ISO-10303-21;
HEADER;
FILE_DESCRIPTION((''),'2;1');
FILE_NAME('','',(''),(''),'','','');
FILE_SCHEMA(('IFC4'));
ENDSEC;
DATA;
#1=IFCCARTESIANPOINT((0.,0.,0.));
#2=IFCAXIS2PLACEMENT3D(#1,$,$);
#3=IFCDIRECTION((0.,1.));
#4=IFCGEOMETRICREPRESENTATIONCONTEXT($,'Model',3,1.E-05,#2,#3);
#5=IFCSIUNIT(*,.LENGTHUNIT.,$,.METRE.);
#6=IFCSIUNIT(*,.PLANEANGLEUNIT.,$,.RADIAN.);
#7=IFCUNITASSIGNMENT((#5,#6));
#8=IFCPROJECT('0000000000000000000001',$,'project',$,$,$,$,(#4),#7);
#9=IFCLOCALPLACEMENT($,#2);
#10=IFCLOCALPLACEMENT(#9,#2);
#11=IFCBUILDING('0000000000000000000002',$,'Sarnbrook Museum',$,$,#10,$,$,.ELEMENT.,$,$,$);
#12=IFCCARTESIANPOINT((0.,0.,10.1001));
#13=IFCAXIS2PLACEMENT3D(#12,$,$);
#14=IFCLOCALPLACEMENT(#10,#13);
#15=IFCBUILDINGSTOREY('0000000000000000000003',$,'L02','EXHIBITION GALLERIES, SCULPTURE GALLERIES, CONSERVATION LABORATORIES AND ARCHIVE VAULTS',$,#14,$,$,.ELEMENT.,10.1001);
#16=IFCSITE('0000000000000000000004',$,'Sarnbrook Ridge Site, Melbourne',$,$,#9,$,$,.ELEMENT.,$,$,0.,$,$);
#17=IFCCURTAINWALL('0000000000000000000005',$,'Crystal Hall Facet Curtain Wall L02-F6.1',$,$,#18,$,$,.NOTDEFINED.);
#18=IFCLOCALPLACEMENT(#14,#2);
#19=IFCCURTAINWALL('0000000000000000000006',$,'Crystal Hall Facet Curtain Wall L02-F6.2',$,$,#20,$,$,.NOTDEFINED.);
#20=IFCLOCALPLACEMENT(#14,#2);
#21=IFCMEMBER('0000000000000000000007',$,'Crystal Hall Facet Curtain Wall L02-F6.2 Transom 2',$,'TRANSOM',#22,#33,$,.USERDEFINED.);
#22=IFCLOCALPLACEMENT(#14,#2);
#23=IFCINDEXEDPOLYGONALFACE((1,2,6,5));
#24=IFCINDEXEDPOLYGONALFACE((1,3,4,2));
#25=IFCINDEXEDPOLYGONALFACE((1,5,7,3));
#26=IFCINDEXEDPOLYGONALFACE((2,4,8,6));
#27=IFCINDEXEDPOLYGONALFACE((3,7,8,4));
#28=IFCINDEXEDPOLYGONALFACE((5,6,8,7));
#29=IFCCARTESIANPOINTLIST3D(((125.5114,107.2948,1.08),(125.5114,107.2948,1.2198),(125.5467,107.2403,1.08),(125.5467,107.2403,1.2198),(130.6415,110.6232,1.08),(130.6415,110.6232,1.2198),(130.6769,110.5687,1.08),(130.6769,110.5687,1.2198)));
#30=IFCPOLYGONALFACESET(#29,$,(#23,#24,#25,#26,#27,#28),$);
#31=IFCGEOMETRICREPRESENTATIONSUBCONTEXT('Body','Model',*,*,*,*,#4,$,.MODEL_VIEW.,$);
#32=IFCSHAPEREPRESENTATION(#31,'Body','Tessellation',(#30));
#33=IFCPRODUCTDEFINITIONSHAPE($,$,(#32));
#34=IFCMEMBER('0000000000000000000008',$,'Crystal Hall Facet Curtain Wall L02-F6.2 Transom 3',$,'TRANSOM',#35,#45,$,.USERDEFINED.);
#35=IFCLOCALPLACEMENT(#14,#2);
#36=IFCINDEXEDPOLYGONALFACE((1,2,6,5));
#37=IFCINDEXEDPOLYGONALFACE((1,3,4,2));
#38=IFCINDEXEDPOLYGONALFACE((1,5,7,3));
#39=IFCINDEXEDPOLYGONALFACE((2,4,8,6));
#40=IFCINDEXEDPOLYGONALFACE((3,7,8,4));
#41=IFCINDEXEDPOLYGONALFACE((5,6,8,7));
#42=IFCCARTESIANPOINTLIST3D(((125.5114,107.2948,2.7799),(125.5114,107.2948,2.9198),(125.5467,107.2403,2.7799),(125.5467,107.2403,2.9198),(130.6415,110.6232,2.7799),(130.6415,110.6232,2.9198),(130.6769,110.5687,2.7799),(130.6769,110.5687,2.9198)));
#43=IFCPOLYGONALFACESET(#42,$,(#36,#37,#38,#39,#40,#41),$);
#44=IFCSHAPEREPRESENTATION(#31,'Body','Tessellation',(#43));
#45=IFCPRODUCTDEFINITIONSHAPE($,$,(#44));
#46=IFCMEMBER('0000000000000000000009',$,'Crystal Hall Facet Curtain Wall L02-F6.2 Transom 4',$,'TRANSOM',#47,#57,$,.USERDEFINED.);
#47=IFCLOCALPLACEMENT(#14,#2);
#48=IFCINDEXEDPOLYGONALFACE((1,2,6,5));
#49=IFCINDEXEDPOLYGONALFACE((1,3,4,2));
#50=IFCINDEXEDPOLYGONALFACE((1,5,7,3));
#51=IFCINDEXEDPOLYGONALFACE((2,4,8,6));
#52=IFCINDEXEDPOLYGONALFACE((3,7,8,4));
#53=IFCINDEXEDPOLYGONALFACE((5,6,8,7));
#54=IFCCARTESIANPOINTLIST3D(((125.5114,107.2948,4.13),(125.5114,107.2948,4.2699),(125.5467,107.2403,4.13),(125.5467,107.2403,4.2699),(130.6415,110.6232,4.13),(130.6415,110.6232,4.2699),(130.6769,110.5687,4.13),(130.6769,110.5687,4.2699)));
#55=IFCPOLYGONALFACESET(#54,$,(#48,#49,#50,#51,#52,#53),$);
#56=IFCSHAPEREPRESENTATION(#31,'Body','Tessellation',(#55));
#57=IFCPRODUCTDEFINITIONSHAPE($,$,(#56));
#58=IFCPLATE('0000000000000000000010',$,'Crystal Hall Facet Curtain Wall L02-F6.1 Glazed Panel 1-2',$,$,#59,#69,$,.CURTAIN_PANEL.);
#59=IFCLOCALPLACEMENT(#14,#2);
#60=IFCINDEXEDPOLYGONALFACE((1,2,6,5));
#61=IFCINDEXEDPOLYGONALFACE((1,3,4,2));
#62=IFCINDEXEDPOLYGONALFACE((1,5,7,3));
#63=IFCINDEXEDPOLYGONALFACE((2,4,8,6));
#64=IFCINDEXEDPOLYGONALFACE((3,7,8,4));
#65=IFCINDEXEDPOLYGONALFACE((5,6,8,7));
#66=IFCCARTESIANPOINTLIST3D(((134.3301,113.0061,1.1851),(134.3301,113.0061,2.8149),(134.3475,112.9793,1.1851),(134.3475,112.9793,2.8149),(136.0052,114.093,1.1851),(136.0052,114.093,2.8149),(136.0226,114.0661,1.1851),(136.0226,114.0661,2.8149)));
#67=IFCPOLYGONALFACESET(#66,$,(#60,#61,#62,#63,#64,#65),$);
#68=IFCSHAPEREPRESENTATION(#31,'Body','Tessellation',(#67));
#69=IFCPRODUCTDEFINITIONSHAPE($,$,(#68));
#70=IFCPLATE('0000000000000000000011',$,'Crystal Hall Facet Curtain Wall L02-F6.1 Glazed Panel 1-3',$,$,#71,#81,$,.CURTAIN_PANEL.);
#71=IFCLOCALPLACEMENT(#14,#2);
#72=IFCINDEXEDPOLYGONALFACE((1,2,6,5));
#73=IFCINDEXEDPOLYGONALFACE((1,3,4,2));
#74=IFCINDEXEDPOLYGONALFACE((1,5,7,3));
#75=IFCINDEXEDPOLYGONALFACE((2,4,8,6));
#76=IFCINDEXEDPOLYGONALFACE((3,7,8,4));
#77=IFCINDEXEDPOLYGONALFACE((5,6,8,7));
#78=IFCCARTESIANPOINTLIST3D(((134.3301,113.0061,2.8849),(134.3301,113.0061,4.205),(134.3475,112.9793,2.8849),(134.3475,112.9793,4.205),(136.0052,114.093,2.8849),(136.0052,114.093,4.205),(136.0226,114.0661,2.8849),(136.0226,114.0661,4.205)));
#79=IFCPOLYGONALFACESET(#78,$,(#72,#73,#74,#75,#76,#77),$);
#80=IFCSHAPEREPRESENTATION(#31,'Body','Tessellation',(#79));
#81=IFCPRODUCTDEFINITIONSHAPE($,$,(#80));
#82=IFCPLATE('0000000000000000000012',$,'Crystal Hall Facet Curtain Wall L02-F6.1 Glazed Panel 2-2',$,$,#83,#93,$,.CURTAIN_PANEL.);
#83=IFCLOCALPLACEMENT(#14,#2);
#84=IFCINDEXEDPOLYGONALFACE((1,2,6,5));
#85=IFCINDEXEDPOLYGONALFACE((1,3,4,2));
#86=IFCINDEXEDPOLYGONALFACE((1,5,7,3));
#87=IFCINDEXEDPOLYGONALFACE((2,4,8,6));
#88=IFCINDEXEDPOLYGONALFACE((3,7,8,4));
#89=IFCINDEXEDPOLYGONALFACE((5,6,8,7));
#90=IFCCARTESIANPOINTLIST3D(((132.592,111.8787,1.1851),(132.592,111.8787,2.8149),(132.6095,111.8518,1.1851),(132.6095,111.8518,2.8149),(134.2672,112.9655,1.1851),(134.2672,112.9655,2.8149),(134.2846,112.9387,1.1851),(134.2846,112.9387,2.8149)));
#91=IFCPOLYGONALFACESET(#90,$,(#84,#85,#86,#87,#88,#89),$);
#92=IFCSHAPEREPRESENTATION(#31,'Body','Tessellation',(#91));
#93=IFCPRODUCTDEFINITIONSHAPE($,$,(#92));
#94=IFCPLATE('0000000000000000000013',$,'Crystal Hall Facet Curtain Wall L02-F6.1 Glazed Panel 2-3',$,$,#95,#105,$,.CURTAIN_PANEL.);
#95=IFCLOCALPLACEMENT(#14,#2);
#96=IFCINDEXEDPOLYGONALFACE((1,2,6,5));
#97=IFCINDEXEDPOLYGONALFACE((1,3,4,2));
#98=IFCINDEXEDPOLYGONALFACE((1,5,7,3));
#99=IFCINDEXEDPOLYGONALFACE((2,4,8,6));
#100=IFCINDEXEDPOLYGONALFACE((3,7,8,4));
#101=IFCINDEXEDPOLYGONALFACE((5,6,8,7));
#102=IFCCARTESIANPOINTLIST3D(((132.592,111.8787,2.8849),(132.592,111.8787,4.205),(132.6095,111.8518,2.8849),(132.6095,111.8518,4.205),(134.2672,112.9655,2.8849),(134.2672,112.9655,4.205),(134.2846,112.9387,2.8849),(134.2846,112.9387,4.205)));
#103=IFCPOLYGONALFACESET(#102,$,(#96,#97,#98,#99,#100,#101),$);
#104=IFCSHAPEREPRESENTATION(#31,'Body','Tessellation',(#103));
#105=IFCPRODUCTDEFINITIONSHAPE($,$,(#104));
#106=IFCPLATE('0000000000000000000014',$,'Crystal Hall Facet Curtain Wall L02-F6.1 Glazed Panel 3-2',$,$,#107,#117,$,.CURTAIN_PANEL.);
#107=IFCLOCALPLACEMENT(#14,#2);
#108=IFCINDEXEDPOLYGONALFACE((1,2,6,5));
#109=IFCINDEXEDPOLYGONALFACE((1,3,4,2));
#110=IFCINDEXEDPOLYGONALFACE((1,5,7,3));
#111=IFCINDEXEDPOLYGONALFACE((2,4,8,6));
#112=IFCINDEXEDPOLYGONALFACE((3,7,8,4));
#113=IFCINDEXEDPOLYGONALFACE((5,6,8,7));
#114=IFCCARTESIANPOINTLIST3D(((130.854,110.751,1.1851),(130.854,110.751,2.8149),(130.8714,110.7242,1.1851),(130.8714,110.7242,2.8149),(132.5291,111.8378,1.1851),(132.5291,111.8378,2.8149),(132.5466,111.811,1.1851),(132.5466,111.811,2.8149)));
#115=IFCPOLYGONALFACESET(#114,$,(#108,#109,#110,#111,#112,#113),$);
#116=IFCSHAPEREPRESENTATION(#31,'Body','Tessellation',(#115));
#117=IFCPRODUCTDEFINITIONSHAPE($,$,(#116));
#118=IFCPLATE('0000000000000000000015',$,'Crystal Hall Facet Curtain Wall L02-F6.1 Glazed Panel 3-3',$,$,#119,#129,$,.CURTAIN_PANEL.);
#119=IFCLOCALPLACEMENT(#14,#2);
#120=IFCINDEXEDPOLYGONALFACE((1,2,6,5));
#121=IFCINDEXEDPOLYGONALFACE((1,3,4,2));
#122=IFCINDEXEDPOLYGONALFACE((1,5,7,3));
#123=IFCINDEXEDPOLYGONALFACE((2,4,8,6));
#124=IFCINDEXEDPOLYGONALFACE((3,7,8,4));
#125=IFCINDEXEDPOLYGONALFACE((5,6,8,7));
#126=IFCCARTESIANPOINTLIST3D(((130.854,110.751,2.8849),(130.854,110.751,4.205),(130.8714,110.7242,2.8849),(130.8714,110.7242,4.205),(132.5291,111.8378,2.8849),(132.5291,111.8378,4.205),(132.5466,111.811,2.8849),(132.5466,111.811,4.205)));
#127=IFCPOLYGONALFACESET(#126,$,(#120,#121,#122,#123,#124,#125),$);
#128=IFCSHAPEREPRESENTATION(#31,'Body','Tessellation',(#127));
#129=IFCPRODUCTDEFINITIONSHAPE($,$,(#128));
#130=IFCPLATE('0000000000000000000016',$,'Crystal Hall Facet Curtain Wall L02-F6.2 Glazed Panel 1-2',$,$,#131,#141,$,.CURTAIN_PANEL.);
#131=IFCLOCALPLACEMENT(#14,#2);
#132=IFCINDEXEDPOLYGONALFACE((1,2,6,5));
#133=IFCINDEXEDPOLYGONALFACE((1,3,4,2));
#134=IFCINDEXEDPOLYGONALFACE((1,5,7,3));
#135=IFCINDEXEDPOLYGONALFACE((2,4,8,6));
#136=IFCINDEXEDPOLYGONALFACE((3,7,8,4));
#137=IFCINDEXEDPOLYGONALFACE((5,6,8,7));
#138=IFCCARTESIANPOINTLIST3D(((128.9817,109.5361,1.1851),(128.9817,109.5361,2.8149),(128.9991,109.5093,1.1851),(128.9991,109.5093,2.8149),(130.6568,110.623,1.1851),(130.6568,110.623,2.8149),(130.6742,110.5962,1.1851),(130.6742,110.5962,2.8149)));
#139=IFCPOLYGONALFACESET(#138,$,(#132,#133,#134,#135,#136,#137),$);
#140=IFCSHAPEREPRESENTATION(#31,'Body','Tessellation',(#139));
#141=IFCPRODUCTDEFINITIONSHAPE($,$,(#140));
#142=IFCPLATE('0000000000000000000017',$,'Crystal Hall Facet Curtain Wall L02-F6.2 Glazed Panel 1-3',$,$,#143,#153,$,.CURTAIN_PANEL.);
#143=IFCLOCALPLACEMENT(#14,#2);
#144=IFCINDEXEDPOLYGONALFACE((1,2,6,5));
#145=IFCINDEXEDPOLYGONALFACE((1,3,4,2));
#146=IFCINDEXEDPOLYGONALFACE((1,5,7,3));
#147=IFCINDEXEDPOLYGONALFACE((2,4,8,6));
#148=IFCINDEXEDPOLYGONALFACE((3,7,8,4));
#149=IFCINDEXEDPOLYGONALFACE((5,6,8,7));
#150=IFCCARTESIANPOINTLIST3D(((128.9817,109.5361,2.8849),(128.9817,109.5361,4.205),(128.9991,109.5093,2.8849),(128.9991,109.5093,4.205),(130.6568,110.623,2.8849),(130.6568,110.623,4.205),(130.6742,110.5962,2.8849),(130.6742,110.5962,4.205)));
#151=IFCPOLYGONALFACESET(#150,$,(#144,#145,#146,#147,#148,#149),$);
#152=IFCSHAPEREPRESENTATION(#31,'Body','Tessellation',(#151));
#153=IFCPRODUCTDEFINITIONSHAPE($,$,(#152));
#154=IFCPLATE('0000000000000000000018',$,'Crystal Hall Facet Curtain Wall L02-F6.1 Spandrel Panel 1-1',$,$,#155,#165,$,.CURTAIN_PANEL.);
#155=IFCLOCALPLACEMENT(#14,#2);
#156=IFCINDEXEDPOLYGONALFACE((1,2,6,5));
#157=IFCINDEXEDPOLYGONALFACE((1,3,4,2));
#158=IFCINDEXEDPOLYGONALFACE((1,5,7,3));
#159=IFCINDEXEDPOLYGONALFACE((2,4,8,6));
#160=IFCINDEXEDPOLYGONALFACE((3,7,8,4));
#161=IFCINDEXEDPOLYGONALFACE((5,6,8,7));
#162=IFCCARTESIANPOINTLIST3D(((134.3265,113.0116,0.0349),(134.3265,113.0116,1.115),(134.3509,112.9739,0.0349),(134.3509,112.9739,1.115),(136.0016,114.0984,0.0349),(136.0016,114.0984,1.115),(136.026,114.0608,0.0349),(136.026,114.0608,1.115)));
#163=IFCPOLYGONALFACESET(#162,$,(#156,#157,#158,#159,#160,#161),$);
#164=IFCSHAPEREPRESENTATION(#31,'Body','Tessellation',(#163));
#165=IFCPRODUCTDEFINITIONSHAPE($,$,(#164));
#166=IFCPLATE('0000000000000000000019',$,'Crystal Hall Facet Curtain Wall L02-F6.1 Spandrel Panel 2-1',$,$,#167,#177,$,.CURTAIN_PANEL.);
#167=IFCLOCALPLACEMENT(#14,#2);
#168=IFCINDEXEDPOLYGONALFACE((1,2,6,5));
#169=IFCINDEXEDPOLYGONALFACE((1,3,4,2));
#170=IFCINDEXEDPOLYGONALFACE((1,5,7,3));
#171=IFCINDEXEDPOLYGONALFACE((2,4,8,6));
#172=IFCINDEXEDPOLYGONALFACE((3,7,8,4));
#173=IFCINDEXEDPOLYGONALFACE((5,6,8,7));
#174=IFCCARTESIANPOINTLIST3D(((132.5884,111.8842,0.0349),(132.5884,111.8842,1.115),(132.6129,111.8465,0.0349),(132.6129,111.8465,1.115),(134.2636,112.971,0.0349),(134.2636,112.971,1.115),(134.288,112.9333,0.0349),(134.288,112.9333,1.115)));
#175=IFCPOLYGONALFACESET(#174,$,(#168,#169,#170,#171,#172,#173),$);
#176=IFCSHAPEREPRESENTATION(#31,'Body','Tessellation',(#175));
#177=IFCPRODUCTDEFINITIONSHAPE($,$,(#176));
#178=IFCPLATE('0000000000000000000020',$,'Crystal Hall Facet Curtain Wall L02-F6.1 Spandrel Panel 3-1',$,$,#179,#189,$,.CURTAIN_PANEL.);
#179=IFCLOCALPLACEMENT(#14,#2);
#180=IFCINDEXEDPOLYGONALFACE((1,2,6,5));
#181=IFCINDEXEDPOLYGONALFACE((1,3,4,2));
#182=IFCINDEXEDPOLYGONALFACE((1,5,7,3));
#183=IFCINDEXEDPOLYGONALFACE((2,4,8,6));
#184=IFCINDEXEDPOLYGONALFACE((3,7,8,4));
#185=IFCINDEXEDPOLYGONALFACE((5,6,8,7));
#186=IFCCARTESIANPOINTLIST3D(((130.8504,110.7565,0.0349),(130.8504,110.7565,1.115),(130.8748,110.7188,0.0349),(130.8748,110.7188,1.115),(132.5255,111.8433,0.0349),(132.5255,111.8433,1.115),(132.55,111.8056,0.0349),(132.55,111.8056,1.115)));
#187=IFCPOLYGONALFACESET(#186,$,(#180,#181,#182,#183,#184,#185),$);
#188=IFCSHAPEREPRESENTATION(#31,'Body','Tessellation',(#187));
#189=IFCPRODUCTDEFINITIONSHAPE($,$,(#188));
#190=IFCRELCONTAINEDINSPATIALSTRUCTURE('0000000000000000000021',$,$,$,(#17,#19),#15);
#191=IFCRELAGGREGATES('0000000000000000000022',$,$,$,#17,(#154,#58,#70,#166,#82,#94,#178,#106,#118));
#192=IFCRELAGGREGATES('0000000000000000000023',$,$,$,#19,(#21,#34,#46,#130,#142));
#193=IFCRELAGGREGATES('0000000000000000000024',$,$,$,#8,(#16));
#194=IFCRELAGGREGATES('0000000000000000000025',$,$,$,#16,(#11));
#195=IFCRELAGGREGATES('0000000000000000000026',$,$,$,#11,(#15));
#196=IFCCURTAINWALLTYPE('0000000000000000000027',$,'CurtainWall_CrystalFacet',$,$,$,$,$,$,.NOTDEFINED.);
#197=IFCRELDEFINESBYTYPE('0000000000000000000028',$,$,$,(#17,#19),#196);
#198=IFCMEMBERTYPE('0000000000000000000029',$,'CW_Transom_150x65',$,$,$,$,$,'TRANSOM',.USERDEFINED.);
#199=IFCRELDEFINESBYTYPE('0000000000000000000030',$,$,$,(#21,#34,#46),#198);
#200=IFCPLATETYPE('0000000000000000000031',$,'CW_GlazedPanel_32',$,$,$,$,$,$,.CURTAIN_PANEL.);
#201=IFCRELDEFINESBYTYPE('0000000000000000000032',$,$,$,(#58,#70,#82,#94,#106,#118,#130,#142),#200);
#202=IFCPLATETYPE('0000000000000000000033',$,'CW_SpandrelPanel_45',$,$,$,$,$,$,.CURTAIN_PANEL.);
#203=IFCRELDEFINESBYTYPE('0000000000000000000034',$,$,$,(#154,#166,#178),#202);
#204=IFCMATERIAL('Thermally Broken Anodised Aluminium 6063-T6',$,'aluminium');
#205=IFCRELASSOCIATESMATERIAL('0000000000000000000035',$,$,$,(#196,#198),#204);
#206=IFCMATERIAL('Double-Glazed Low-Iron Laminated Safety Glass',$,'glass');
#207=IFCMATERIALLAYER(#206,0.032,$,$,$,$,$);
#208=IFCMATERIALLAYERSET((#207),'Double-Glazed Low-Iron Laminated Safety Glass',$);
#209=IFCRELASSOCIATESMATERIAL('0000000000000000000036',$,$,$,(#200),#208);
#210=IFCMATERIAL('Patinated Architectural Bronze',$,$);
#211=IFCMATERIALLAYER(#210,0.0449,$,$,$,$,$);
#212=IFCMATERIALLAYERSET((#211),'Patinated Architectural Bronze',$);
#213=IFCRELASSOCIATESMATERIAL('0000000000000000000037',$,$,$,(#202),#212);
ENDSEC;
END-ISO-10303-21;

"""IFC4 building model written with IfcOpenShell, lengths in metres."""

from ifc_helpers import new_model, si_unit, direction, frame, origin, origin_2d, place, context, subcontext, project, spatial, rectangle, extrude, material, layer, layer_set, material_profile, profile_set, type_object, element, aggregate, save


model = new_model("IFC4")

# Units and contexts
model_context = context("Model", 3, precision=1e-05, world=origin(), true_north=direction((0.0, 1.0)))
body_context = subcontext(model_context, "Body", "Model", "MODEL_VIEW")
ifc_project = project(units=[si_unit("LENGTHUNIT", "METRE"), si_unit("PLANEANGLEUNIT", "RADIAN")], contexts=[model_context])

# Site, building, storey
site_placement = place(None, origin())
site = spatial("IfcSite", under=ifc_project, at=site_placement, Name="Sarnbrook Ridge Site, Melbourne", CompositionType="ELEMENT", RefElevation=0.0)
building_placement = place(site_placement, origin())
building = spatial("IfcBuilding", under=site, at=building_placement, Name="Sarnbrook Museum", CompositionType="ELEMENT")
storey_placement = place(building_placement, frame((0.0, 0.0, 10.1001)))
storey = spatial("IfcBuildingStorey", under=building, at=storey_placement, Name="L02", Description="EXHIBITION GALLERIES, SCULPTURE GALLERIES, CONSERVATION LABORATORIES AND ARCHIVE VAULTS", CompositionType="ELEMENT", Elevation=10.1001)

# Shared definitions
ifc_material_1 = material(Name="Thermally Broken Anodised Aluminium 6063-T6", Category="aluminium")
curtain_wall_type = type_object("IfcCurtainWallType", Name="CurtainWall_CrystalFacet", PredefinedType="NOTDEFINED", material=ifc_material_1)

# Curtain wall
curtain_wall_1_placement = place(storey_placement, origin())
curtain_wall_1 = element("IfcCurtainWall", 1, at=curtain_wall_1_placement, inside=storey, type_object=curtain_wall_type, Name="Crystal Hall Facet Curtain Wall L02-F6.1", PredefinedType="NOTDEFINED")

# Curtain wall
curtain_wall_2_placement = place(storey_placement, origin())
curtain_wall_2 = element("IfcCurtainWall", 2, at=curtain_wall_2_placement, inside=storey, type_object=curtain_wall_type, Name="Crystal Hall Facet Curtain Wall L02-F6.2", PredefinedType="NOTDEFINED")

# Members
ifc_material_profile_1 = material_profile(ifc_material_1, rectangle(XDim=0.0649, YDim=0.1399, at=origin_2d()), Name="ALU TRANSOM 65x140")
ifc_profile_set_1 = profile_set([ifc_material_profile_1], Name="Thermally Broken Anodised Aluminium 6063-T6")
member_type_1 = type_object("IfcMemberType", Name="CW_Transom_150x65", ElementType="TRANSOM", PredefinedType="USERDEFINED", material=ifc_profile_set_1)
member_1_placement = place(storey_placement, frame((130.6592, 110.5959, 1.1499), z_axis=(-0.838908, -0.544274, 0.0), x_axis=(0.544274, -0.838908, 0.0)))
member_1 = element("IfcMember", 3, at=member_1_placement, type_object=member_type_1, Name="Crystal Hall Facet Curtain Wall L02-F6.2 Transom 2", ObjectType="TRANSOM", PredefinedType="USERDEFINED", context=body_context, shape_type="SweptSolid", body=[
    extrude(rectangle(XDim=0.0649, YDim=0.1399, at=origin_2d()), origin(), (0.0, 0.0, 1.0), 6.1152),
])
member_2_placement = place(storey_placement, frame((130.6592, 110.5959, 2.8499), z_axis=(-0.838908, -0.544274, 0.0), x_axis=(0.544274, -0.838908, 0.0)))
member_2 = element("IfcMember", 4, at=member_2_placement, type_object=member_type_1, Name="Crystal Hall Facet Curtain Wall L02-F6.2 Transom 3", ObjectType="TRANSOM", PredefinedType="USERDEFINED", context=body_context, shape_type="SweptSolid", body=[
    extrude(rectangle(XDim=0.0649, YDim=0.1399, at=origin_2d()), origin(), (0.0, 0.0, 1.0), 6.1152),
])
member_3_placement = place(storey_placement, frame((130.6592, 110.5959, 4.2), z_axis=(-0.838908, -0.544274, 0.0), x_axis=(0.544274, -0.838908, 0.0)))
member_3 = element("IfcMember", 5, at=member_3_placement, type_object=member_type_1, Name="Crystal Hall Facet Curtain Wall L02-F6.2 Transom 4", ObjectType="TRANSOM", PredefinedType="USERDEFINED", context=body_context, shape_type="SweptSolid", body=[
    extrude(rectangle(XDim=0.0649, YDim=0.1399, at=origin_2d()), origin(), (0.0, 0.0, 1.0), 6.1152),
])

# Plates
ifc_material_2 = material(Name="Double-Glazed Low-Iron Laminated Safety Glass", Category="glass")
ifc_layer_1 = layer(ifc_material_2, 0.032)
ifc_layer_set_1 = layer_set([ifc_layer_1], Name="Double-Glazed Low-Iron Laminated Safety Glass")
plate_type_1 = type_object("IfcPlateType", Name="CW_GlazedPanel_32", PredefinedType="CURTAIN_PANEL", material=ifc_layer_set_1)
plate_1_placement = place(storey_placement, frame((135.1851, 113.5227, 2.0), z_axis=(-0.544284, 0.838901, 0.0), x_axis=(-0.838901, -0.544284, 0.0)))
plate_1 = element("IfcPlate", 6, at=plate_1_placement, type_object=plate_type_1, Name="Crystal Hall Facet Curtain Wall L02-F6.1 Glazed Panel 1-2", PredefinedType="CURTAIN_PANEL", context=body_context, shape_type="SweptSolid", body=[
    extrude(rectangle(XDim=1.9968, YDim=1.6299, at=origin_2d()), origin(), (0.0, 0.0, 1.0), 0.032),
])
plate_2_placement = place(storey_placement, frame((135.1851, 113.5227, 3.5449), z_axis=(-0.544284, 0.838901, 0.0), x_axis=(-0.838901, -0.544284, 0.0)))
plate_2 = element("IfcPlate", 7, at=plate_2_placement, type_object=plate_type_1, Name="Crystal Hall Facet Curtain Wall L02-F6.1 Glazed Panel 1-3", PredefinedType="CURTAIN_PANEL", context=body_context, shape_type="SweptSolid", body=[
    extrude(rectangle(XDim=1.9968, YDim=1.3201, at=origin_2d()), origin(), (0.0, 0.0, 1.0), 0.032),
])
plate_3_placement = place(storey_placement, frame((133.447, 112.3953, 2.0), z_axis=(-0.544284, 0.838901, 0.0), x_axis=(-0.838901, -0.544284, 0.0)))
plate_3 = element("IfcPlate", 8, at=plate_3_placement, type_object=plate_type_1, Name="Crystal Hall Facet Curtain Wall L02-F6.1 Glazed Panel 2-2", PredefinedType="CURTAIN_PANEL", context=body_context, shape_type="SweptSolid", body=[
    extrude(rectangle(XDim=1.9968, YDim=1.6299, at=origin_2d()), origin(), (0.0, 0.0, 1.0), 0.032),
])
plate_4_placement = place(storey_placement, frame((133.447, 112.3953, 3.5449), z_axis=(-0.544284, 0.838901, 0.0), x_axis=(-0.838901, -0.544284, 0.0)))
plate_4 = element("IfcPlate", 9, at=plate_4_placement, type_object=plate_type_1, Name="Crystal Hall Facet Curtain Wall L02-F6.1 Glazed Panel 2-3", PredefinedType="CURTAIN_PANEL", context=body_context, shape_type="SweptSolid", body=[
    extrude(rectangle(XDim=1.9968, YDim=1.3201, at=origin_2d()), origin(), (0.0, 0.0, 1.0), 0.032),
])
plate_5_placement = place(storey_placement, frame((131.709, 111.2676, 2.0), z_axis=(-0.544284, 0.838901, 0.0), x_axis=(-0.838901, -0.544284, 0.0)))
plate_5 = element("IfcPlate", 10, at=plate_5_placement, type_object=plate_type_1, Name="Crystal Hall Facet Curtain Wall L02-F6.1 Glazed Panel 3-2", PredefinedType="CURTAIN_PANEL", context=body_context, shape_type="SweptSolid", body=[
    extrude(rectangle(XDim=1.9968, YDim=1.6299, at=origin_2d()), origin(), (0.0, 0.0, 1.0), 0.032),
])
plate_6_placement = place(storey_placement, frame((131.709, 111.2676, 3.5449), z_axis=(-0.544284, 0.838901, 0.0), x_axis=(-0.838901, -0.544284, 0.0)))
plate_6 = element("IfcPlate", 11, at=plate_6_placement, type_object=plate_type_1, Name="Crystal Hall Facet Curtain Wall L02-F6.1 Glazed Panel 3-3", PredefinedType="CURTAIN_PANEL", context=body_context, shape_type="SweptSolid", body=[
    extrude(rectangle(XDim=1.9968, YDim=1.3201, at=origin_2d()), origin(), (0.0, 0.0, 1.0), 0.032),
])
plate_7_placement = place(storey_placement, frame((129.8367, 110.0527, 2.0), z_axis=(-0.544284, 0.838901, 0.0), x_axis=(-0.838901, -0.544284, 0.0)))
plate_7 = element("IfcPlate", 12, at=plate_7_placement, type_object=plate_type_1, Name="Crystal Hall Facet Curtain Wall L02-F6.2 Glazed Panel 1-2", PredefinedType="CURTAIN_PANEL", context=body_context, shape_type="SweptSolid", body=[
    extrude(rectangle(XDim=1.9968, YDim=1.6299, at=origin_2d()), origin(), (0.0, 0.0, 1.0), 0.032),
])
plate_8_placement = place(storey_placement, frame((129.8367, 110.0527, 3.5449), z_axis=(-0.544284, 0.838901, 0.0), x_axis=(-0.838901, -0.544284, 0.0)))
plate_8 = element("IfcPlate", 13, at=plate_8_placement, type_object=plate_type_1, Name="Crystal Hall Facet Curtain Wall L02-F6.2 Glazed Panel 1-3", PredefinedType="CURTAIN_PANEL", context=body_context, shape_type="SweptSolid", body=[
    extrude(rectangle(XDim=1.9968, YDim=1.3201, at=origin_2d()), origin(), (0.0, 0.0, 1.0), 0.032),
])
ifc_material_3 = material(Name="Patinated Architectural Bronze")
ifc_layer_2 = layer(ifc_material_3, 0.0449)
ifc_layer_set_2 = layer_set([ifc_layer_2], Name="Patinated Architectural Bronze")
plate_type_2 = type_object("IfcPlateType", Name="CW_SpandrelPanel_45", PredefinedType="CURTAIN_PANEL", material=ifc_layer_set_2)
plate_9_placement = place(storey_placement, frame((135.1885, 113.5173, 0.575), z_axis=(-0.544284, 0.838901, 0.0), x_axis=(-0.838901, -0.544284, 0.0)))
plate_9 = element("IfcPlate", 14, at=plate_9_placement, type_object=plate_type_2, Name="Crystal Hall Facet Curtain Wall L02-F6.1 Spandrel Panel 1-1", PredefinedType="CURTAIN_PANEL", context=body_context, shape_type="SweptSolid", body=[
    extrude(rectangle(XDim=1.9968, YDim=1.0801, at=origin_2d()), origin(), (0.0, 0.0, 1.0), 0.0449),
])
plate_10_placement = place(storey_placement, frame((133.4504, 112.3899, 0.575), z_axis=(-0.544284, 0.838901, 0.0), x_axis=(-0.838901, -0.544284, 0.0)))
plate_10 = element("IfcPlate", 15, at=plate_10_placement, type_object=plate_type_2, Name="Crystal Hall Facet Curtain Wall L02-F6.1 Spandrel Panel 2-1", PredefinedType="CURTAIN_PANEL", context=body_context, shape_type="SweptSolid", body=[
    extrude(rectangle(XDim=1.9968, YDim=1.0801, at=origin_2d()), origin(), (0.0, 0.0, 1.0), 0.0449),
])
plate_11_placement = place(storey_placement, frame((131.7124, 111.2622, 0.575), z_axis=(-0.544284, 0.838901, 0.0), x_axis=(-0.838901, -0.544284, 0.0)))
plate_11 = element("IfcPlate", 16, at=plate_11_placement, type_object=plate_type_2, Name="Crystal Hall Facet Curtain Wall L02-F6.1 Spandrel Panel 3-1", PredefinedType="CURTAIN_PANEL", context=body_context, shape_type="SweptSolid", body=[
    extrude(rectangle(XDim=1.9968, YDim=1.0801, at=origin_2d()), origin(), (0.0, 0.0, 1.0), 0.0449),
])
aggregate(curtain_wall_1, [plate_9, plate_1, plate_2, plate_10, plate_3, plate_4, plate_11, plate_5, plate_6])
aggregate(curtain_wall_2, [member_1, member_2, member_3, plate_7, plate_8])

save(model, "model.ifc")
